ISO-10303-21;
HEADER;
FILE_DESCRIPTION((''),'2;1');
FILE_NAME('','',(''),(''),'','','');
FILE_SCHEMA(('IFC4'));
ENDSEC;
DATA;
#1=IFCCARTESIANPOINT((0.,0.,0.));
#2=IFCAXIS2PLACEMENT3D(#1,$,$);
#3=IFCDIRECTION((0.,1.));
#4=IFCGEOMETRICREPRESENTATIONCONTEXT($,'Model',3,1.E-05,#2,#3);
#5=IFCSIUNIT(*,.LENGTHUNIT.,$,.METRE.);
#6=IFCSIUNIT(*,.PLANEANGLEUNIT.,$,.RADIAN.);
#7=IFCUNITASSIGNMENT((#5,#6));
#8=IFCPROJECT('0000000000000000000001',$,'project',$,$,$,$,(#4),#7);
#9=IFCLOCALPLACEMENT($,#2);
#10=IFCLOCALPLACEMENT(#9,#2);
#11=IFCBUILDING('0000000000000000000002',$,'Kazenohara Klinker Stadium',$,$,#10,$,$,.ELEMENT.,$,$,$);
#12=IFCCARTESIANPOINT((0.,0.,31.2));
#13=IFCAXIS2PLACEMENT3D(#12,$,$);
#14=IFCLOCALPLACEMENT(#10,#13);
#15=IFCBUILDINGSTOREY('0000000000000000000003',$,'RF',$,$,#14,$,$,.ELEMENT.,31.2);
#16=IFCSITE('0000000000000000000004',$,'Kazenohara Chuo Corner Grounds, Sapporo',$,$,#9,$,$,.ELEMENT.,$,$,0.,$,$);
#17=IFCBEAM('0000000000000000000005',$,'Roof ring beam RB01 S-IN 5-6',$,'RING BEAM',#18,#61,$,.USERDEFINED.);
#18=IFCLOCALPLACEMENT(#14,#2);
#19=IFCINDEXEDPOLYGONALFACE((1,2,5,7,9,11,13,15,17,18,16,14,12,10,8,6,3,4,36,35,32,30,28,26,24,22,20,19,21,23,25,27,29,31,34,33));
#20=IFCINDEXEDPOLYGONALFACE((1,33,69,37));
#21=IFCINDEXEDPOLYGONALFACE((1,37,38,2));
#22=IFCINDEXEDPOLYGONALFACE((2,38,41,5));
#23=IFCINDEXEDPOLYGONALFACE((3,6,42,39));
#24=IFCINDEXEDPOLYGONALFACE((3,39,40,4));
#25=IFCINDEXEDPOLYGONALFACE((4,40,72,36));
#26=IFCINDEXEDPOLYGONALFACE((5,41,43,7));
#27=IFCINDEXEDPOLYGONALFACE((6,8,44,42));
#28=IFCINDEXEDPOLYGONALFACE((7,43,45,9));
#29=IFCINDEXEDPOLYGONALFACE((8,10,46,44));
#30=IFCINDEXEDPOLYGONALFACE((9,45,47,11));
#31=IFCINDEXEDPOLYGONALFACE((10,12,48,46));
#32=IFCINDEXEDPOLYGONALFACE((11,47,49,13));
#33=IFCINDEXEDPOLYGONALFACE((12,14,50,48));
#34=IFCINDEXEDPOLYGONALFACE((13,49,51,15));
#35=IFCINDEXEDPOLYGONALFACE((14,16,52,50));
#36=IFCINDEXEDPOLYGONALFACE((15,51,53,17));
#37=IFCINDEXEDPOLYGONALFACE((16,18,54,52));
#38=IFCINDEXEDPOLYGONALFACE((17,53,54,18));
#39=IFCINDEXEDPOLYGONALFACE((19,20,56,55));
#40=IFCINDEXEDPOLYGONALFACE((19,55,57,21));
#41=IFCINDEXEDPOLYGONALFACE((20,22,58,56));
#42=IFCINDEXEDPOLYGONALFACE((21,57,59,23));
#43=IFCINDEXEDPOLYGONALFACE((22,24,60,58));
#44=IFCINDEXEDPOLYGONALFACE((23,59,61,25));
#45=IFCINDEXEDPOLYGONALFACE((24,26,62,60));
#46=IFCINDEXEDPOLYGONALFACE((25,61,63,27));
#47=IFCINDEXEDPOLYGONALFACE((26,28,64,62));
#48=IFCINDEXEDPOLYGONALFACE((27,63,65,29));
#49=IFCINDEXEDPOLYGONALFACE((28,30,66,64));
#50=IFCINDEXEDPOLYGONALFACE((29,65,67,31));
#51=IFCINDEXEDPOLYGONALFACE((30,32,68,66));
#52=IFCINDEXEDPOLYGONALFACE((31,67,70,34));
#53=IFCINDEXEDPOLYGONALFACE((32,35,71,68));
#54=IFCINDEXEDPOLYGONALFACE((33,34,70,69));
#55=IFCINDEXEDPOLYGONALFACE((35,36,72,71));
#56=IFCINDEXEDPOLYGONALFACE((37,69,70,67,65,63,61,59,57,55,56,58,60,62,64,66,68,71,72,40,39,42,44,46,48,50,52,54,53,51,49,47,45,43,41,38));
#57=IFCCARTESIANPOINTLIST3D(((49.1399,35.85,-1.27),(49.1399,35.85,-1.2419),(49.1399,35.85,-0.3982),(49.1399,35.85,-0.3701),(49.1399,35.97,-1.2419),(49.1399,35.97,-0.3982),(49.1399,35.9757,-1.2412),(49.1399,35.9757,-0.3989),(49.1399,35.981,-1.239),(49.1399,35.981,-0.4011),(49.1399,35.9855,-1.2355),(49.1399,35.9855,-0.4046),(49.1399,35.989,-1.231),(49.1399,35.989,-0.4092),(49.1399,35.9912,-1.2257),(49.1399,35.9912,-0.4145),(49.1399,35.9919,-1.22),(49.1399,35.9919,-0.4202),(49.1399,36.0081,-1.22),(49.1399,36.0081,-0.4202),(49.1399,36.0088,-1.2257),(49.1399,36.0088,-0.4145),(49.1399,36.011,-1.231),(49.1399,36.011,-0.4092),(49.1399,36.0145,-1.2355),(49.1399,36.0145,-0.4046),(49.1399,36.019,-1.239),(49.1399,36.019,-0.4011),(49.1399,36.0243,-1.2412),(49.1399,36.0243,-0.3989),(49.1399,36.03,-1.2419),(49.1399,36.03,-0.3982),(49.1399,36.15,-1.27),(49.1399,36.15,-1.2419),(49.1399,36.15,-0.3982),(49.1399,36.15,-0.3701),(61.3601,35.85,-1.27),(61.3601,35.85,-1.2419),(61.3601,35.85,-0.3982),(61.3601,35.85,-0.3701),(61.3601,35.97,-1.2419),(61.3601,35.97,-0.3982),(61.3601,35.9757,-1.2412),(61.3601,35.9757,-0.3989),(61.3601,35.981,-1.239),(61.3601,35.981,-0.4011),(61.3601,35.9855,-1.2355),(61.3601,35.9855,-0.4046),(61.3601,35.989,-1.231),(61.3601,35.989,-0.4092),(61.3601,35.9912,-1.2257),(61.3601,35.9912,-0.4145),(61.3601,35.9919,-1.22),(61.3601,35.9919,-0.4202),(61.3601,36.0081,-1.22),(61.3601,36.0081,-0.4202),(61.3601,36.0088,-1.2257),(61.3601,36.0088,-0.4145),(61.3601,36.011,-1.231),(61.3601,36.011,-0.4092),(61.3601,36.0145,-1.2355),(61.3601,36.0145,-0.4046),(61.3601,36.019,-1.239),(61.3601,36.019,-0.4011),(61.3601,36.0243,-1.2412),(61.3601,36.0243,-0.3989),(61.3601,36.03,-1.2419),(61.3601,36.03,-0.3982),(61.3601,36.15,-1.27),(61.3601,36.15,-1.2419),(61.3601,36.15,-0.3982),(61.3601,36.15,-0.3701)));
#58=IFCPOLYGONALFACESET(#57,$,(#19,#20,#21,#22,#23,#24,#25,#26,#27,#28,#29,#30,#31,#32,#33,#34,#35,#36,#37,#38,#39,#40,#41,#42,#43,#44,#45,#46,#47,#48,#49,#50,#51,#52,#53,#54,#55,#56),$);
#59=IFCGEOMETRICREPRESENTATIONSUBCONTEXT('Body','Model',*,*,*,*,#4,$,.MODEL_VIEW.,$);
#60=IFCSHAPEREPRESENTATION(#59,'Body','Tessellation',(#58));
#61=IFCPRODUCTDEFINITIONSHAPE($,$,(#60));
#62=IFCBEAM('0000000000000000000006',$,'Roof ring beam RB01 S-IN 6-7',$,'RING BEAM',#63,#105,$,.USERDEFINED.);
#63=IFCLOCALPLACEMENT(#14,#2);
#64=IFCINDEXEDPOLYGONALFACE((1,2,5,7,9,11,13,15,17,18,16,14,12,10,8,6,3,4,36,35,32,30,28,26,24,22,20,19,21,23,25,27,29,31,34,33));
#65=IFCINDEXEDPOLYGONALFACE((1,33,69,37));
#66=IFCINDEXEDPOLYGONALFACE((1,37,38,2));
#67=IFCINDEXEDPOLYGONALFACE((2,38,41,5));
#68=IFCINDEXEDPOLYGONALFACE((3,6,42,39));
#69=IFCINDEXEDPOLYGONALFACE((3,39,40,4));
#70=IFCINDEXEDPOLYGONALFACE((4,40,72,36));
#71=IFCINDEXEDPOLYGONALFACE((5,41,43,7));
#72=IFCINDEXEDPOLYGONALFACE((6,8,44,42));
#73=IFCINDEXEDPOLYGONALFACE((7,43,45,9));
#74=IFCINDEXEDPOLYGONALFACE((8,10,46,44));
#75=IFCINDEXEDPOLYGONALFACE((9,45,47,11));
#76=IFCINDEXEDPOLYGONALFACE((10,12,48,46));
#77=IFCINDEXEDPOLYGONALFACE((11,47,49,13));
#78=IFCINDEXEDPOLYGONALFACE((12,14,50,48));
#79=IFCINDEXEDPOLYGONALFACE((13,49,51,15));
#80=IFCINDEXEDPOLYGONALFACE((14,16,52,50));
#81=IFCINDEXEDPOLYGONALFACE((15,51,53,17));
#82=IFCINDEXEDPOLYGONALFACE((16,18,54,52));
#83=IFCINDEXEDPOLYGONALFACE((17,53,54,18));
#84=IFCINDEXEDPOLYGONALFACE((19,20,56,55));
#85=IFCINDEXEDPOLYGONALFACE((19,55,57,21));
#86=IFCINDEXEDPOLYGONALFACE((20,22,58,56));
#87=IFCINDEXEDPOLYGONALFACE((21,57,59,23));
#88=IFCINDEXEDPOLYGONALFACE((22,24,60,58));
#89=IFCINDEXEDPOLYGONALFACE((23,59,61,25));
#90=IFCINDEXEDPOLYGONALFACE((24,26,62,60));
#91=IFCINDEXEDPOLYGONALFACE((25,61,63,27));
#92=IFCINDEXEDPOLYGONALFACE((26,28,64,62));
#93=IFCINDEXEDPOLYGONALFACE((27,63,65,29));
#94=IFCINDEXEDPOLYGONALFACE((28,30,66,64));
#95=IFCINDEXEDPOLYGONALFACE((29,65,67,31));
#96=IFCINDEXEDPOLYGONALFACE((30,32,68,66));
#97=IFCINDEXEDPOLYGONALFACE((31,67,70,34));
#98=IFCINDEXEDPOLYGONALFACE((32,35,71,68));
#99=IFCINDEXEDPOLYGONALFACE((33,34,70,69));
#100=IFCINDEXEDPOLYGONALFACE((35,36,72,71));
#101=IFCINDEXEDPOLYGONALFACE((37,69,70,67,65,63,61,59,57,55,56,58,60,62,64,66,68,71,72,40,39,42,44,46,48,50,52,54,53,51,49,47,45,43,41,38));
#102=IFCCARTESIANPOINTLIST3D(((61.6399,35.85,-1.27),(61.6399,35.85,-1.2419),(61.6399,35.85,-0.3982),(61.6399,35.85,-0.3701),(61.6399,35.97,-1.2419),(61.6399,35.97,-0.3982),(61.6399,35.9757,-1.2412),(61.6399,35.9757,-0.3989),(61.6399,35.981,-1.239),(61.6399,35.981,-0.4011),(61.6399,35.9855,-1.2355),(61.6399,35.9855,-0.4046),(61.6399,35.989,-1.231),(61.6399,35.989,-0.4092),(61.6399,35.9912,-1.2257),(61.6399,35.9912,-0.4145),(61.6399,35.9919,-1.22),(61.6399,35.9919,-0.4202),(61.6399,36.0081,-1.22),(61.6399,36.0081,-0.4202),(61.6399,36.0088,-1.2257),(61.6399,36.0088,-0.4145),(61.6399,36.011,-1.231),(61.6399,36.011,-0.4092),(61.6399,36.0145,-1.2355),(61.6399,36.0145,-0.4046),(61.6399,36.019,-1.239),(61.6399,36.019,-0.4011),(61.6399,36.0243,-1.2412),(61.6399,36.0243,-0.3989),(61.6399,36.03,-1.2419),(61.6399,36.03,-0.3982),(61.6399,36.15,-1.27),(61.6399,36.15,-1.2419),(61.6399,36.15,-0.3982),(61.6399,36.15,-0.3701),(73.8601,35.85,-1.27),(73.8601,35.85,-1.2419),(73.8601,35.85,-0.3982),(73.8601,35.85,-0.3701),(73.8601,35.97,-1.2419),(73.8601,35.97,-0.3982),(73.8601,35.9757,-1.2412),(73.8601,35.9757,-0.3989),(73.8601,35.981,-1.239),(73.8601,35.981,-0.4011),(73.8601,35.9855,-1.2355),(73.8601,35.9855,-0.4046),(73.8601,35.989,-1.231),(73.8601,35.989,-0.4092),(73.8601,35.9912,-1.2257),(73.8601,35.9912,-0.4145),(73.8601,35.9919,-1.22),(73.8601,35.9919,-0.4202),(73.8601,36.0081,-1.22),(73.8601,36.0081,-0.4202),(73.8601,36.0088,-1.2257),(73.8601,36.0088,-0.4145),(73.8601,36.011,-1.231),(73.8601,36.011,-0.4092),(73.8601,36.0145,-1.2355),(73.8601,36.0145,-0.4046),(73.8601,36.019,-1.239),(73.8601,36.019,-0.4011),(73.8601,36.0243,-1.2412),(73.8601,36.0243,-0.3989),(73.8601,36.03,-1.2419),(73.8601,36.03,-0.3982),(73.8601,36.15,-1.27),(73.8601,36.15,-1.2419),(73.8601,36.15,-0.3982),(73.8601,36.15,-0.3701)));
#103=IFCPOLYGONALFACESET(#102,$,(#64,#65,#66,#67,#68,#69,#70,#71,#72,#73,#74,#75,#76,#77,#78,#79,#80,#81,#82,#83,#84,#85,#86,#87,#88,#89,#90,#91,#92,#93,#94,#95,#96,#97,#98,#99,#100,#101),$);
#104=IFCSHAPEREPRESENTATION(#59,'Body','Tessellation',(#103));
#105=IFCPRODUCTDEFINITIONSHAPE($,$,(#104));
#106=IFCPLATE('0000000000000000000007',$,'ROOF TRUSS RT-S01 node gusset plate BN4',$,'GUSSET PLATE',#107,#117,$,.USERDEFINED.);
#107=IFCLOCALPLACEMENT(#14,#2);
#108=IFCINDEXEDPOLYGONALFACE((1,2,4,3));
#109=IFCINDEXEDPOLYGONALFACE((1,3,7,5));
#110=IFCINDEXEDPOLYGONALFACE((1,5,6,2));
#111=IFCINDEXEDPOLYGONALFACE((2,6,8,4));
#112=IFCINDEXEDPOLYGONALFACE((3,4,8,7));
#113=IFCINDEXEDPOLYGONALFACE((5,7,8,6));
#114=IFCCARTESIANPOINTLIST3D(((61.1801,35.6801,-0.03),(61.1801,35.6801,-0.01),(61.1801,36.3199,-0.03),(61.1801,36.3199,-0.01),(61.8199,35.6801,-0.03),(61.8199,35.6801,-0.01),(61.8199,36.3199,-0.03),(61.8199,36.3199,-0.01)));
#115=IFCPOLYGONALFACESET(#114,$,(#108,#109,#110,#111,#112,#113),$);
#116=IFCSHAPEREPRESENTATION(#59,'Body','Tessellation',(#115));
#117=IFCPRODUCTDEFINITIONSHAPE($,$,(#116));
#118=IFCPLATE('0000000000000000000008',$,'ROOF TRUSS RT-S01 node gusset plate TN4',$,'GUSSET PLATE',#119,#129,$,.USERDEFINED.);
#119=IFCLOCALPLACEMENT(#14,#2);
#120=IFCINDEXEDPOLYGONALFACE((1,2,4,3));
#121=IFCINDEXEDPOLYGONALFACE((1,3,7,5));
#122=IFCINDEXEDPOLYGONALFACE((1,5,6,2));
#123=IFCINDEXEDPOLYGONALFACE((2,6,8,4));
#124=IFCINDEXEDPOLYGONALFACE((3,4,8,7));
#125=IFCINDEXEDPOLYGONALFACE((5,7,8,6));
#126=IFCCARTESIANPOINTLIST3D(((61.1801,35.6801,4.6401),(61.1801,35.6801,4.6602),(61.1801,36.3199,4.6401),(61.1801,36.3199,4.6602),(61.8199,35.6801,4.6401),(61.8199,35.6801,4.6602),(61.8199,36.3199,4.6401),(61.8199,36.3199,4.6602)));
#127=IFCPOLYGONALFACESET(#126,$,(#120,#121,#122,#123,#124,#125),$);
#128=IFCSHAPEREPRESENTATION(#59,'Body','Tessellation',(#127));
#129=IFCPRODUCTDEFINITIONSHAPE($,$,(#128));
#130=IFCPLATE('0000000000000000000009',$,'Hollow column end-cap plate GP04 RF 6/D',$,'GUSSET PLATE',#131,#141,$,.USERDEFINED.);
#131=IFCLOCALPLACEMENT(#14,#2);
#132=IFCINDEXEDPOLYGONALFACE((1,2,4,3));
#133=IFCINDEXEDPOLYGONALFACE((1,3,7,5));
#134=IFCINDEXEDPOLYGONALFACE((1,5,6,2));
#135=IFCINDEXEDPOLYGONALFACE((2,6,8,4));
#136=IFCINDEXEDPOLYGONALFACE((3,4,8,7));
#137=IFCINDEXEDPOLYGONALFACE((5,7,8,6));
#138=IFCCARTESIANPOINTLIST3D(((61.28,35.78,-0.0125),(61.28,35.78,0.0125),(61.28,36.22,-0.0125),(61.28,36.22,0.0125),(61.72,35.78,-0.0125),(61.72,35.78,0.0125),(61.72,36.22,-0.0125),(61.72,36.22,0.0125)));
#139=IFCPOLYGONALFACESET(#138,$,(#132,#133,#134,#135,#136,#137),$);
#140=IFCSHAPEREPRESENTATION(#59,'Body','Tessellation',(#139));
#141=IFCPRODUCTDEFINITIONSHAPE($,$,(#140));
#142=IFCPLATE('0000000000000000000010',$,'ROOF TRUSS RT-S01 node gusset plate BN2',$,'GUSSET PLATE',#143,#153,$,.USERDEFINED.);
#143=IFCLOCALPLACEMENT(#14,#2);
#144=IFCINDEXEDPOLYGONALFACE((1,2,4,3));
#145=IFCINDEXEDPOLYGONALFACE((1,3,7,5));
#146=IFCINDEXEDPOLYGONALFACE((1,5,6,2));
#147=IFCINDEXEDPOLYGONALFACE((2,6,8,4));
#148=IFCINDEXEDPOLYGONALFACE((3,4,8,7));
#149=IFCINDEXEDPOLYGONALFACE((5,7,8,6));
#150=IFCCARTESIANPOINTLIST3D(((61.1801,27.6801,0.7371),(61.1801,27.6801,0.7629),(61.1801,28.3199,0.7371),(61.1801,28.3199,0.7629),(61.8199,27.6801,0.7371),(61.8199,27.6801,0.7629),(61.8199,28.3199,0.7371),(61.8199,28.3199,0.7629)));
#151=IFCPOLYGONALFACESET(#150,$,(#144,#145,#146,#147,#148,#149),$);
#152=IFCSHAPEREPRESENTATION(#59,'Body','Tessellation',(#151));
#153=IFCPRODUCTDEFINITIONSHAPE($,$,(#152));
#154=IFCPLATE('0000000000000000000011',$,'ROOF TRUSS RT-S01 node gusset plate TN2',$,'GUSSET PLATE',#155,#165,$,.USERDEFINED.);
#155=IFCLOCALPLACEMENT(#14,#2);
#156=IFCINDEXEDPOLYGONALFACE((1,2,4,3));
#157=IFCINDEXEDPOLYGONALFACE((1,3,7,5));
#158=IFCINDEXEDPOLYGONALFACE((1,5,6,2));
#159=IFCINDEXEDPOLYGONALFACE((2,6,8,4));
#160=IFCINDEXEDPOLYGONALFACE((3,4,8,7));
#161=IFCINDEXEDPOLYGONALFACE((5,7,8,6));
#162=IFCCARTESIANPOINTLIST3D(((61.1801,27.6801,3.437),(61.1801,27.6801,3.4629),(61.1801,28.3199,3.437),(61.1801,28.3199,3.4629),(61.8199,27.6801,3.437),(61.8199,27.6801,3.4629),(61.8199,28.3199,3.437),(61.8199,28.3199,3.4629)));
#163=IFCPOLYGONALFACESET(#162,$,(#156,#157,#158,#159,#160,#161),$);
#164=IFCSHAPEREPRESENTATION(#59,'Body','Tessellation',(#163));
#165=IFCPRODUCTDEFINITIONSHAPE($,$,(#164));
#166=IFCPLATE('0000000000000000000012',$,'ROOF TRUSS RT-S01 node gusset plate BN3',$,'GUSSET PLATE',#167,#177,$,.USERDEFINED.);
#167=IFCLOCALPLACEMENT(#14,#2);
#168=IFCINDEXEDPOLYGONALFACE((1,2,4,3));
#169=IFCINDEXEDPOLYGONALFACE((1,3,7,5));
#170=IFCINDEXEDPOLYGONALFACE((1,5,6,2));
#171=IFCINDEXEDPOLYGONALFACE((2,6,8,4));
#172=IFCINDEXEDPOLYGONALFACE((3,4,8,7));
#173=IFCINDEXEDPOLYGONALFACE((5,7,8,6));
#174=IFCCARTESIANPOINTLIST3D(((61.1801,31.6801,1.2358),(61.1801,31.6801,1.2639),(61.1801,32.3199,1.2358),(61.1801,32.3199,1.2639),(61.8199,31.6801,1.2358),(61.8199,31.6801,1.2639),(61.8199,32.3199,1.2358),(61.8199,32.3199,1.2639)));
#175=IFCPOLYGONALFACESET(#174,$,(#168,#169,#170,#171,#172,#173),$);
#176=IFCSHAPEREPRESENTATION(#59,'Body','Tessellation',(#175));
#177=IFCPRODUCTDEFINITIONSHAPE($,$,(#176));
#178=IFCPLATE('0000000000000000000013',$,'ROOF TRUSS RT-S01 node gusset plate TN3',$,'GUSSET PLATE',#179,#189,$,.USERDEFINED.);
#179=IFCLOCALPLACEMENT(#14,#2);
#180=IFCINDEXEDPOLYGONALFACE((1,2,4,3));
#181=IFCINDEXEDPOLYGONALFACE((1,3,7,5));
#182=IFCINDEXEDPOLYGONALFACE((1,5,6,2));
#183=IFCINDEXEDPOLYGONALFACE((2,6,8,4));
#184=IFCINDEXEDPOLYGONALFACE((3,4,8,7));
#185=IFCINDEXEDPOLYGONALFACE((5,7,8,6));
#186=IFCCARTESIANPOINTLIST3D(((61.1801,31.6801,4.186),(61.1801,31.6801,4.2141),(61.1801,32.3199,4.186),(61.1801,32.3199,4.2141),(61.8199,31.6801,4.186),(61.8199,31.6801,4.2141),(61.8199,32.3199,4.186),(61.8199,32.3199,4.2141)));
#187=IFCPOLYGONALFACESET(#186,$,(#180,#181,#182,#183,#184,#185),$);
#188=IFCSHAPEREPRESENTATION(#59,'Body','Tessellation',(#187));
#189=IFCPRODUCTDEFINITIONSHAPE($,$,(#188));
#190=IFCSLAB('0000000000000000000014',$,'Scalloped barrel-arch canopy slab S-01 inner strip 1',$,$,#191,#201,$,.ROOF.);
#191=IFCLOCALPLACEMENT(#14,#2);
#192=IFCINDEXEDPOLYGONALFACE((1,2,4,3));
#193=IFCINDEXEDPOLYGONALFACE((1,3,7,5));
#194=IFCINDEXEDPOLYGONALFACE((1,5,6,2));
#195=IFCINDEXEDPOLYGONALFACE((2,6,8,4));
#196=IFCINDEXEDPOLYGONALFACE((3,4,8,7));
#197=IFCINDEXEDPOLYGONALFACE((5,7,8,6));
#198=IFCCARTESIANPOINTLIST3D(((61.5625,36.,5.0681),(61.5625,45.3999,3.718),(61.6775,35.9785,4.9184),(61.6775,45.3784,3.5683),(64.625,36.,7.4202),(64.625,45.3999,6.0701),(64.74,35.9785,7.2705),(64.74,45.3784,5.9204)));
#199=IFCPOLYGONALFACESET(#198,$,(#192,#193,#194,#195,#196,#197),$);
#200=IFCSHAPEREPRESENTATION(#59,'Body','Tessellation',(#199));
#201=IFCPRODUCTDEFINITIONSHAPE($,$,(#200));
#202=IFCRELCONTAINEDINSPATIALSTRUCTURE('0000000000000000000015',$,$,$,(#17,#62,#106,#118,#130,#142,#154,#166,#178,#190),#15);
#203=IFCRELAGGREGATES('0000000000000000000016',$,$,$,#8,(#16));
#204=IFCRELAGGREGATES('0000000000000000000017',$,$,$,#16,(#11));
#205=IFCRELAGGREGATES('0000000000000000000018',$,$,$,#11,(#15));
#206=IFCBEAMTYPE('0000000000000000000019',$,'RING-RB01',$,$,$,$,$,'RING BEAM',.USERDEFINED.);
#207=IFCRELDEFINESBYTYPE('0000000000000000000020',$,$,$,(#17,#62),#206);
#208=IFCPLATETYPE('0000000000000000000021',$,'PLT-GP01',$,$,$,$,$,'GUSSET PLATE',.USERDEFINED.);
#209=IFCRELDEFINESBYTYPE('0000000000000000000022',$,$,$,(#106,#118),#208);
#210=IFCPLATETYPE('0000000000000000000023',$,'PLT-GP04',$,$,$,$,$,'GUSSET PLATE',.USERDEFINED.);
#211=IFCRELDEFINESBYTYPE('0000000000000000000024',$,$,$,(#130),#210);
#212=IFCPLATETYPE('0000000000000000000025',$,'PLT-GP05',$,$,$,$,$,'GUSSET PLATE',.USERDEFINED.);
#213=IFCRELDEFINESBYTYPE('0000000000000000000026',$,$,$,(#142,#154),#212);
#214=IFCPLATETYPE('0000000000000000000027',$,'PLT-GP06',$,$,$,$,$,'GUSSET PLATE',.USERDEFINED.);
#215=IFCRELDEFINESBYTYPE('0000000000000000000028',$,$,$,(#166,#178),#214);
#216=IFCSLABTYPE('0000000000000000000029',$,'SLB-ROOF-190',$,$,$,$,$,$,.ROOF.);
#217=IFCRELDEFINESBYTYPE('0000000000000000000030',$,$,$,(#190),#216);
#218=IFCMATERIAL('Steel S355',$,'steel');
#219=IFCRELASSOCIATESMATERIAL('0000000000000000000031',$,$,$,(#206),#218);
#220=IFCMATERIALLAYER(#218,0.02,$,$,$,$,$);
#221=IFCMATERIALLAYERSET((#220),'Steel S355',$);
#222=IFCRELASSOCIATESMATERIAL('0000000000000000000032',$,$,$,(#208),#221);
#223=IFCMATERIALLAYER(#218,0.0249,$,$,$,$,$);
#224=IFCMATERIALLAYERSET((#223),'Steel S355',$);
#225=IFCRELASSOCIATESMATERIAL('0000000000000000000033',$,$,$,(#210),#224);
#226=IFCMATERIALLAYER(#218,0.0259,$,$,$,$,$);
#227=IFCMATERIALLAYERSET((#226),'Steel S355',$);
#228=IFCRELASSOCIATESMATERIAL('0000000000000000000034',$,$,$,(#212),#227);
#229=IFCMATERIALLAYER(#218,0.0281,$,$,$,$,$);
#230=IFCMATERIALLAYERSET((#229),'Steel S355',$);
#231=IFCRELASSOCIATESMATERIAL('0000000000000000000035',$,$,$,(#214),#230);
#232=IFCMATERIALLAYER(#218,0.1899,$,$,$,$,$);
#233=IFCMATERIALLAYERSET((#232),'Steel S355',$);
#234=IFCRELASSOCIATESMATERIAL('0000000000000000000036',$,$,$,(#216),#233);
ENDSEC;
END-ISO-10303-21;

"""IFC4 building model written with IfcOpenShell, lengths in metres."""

from ifc_helpers import new_model, si_unit, direction, frame, origin, origin_2d, place, context, subcontext, project, spatial, polyline, rectangle, i_section, outline, extrude, material, layer, layer_set, material_profile, profile_set, type_object, element, save


model = new_model("IFC4")

# Units and contexts
model_context = context("Model", 3, precision=1e-05, world=origin(), true_north=direction((0.0, 1.0)))
body_context = subcontext(model_context, "Body", "Model", "MODEL_VIEW")
ifc_project = project(units=[si_unit("LENGTHUNIT", "METRE"), si_unit("PLANEANGLEUNIT", "RADIAN")], contexts=[model_context])

# Site, building, storey
site_placement = place(None, origin())
site = spatial("IfcSite", under=ifc_project, at=site_placement, Name="Kazenohara Chuo Corner Grounds, Sapporo", CompositionType="ELEMENT", RefElevation=0.0)
building_placement = place(site_placement, origin())
building = spatial("IfcBuilding", under=site, at=building_placement, Name="Kazenohara Klinker Stadium", CompositionType="ELEMENT")
storey_placement = place(building_placement, frame((0.0, 0.0, 31.2)))
storey = spatial("IfcBuildingStorey", under=building, at=storey_placement, Name="RF", CompositionType="ELEMENT", Elevation=31.2)

# Shared definitions
ifc_material_1 = material(Name="Steel S355", Category="steel")

# Beams
ifc_material_profile_1 = material_profile(ifc_material_1, i_section(OverallWidth=0.3, OverallDepth=0.8999, WebThickness=0.0161, FlangeThickness=0.0281, FilletRadius=0.022, at=origin_2d()), Name="H-900x300x16x28")
ifc_profile_set_1 = profile_set([ifc_material_profile_1], Name="Steel S355")
beam_type = type_object("IfcBeamType", Name="RING-RB01", ElementType="RING BEAM", PredefinedType="USERDEFINED", material=ifc_profile_set_1)
for number, where, z_axis, x_axis, name in (
    (1, (49.1399, 36.0, -0.8201), (1.0, 0.0, 0.0), (0.0, 1.0, 0.0), "Roof ring beam RB01 S-IN 5-6"),
    (2, (61.6399, 36.0, -0.8201), (1.0, 0.0, 0.0), (0.0, 1.0, 0.0), "Roof ring beam RB01 S-IN 6-7"),
):
    element("IfcBeam", number, at=place(storey_placement, frame(where, z_axis=z_axis, x_axis=x_axis)), inside=storey, type_object=beam_type, Name=name, ObjectType="RING BEAM", PredefinedType="USERDEFINED", context=body_context, shape_type="SweptSolid", body=[
        extrude(i_section(OverallWidth=0.3, OverallDepth=0.8999, WebThickness=0.0161, FlangeThickness=0.0281, FilletRadius=0.022, at=origin_2d()), origin(), (0.0, 0.0, 1.0), 12.2202),
    ])

# Plates
ifc_layer_1 = layer(ifc_material_1, 0.02)
ifc_layer_set_1 = layer_set([ifc_layer_1], Name="Steel S355")
plate_type_1 = type_object("IfcPlateType", Name="PLT-GP01", ElementType="GUSSET PLATE", PredefinedType="USERDEFINED", material=ifc_layer_set_1)
for number, where, z_axis, x_axis, name in (
    (3, (61.5, 36.0, -0.03), (0.0, 0.0, 1.0), (1.0, 0.0, 0.0), "ROOF TRUSS RT-S01 node gusset plate BN4"),
    (4, (61.5, 36.0, 4.6401), (0.0, 0.0, 1.0), (1.0, 0.0, 0.0), "ROOF TRUSS RT-S01 node gusset plate TN4"),
):
    element("IfcPlate", number, at=place(storey_placement, frame(where, z_axis=z_axis, x_axis=x_axis)), inside=storey, type_object=plate_type_1, Name=name, ObjectType="GUSSET PLATE", PredefinedType="USERDEFINED", context=body_context, shape_type="SweptSolid", body=[
        extrude(rectangle(XDim=0.6399, YDim=0.6399, at=origin_2d()), origin(), (0.0, 0.0, 1.0), 0.02),
    ])
ifc_layer_2 = layer(ifc_material_1, 0.0249)
ifc_layer_set_2 = layer_set([ifc_layer_2], Name="Steel S355")
plate_type_2 = type_object("IfcPlateType", Name="PLT-GP04", ElementType="GUSSET PLATE", PredefinedType="USERDEFINED", material=ifc_layer_set_2)
plate_placement = place(storey_placement, frame((61.5, 36.0, -0.0125), z_axis=(0.0, 0.0, 1.0), x_axis=(1.0, 0.0, 0.0)))
element("IfcPlate", 5, at=plate_placement, inside=storey, type_object=plate_type_2, Name="Hollow column end-cap plate GP04 RF 6/D", ObjectType="GUSSET PLATE", PredefinedType="USERDEFINED", context=body_context, shape_type="SweptSolid", body=[
    extrude(rectangle(XDim=0.4399, YDim=0.4399, at=origin_2d()), origin(), (0.0, 0.0, 1.0), 0.0249),
])
ifc_layer_3 = layer(ifc_material_1, 0.0259)
ifc_layer_set_3 = layer_set([ifc_layer_3], Name="Steel S355")
plate_type_3 = type_object("IfcPlateType", Name="PLT-GP05", ElementType="GUSSET PLATE", PredefinedType="USERDEFINED", material=ifc_layer_set_3)
for number, where, z_axis, x_axis, name in (
    (6, (61.5, 28.0, 0.7371), (0.0, 0.0, 1.0), (1.0, 0.0, 0.0), "ROOF TRUSS RT-S01 node gusset plate BN2"),
    (7, (61.5, 28.0, 3.437), (0.0, 0.0, 1.0), (1.0, 0.0, 0.0), "ROOF TRUSS RT-S01 node gusset plate TN2"),
):
    element("IfcPlate", number, at=place(storey_placement, frame(where, z_axis=z_axis, x_axis=x_axis)), inside=storey, type_object=plate_type_3, Name=name, ObjectType="GUSSET PLATE", PredefinedType="USERDEFINED", context=body_context, shape_type="SweptSolid", body=[
        extrude(rectangle(XDim=0.6399, YDim=0.6399, at=origin_2d()), origin(), (0.0, 0.0, 1.0), 0.0259),
    ])
ifc_layer_4 = layer(ifc_material_1, 0.0281)
ifc_layer_set_4 = layer_set([ifc_layer_4], Name="Steel S355")
plate_type_4 = type_object("IfcPlateType", Name="PLT-GP06", ElementType="GUSSET PLATE", PredefinedType="USERDEFINED", material=ifc_layer_set_4)
for number, where, z_axis, x_axis, name in (
    (8, (61.5, 32.0, 1.2358), (0.0, 0.0, 1.0), (1.0, 0.0, 0.0), "ROOF TRUSS RT-S01 node gusset plate BN3"),
    (9, (61.5, 32.0, 4.186), (0.0, 0.0, 1.0), (1.0, 0.0, 0.0), "ROOF TRUSS RT-S01 node gusset plate TN3"),
):
    element("IfcPlate", number, at=place(storey_placement, frame(where, z_axis=z_axis, x_axis=x_axis)), inside=storey, type_object=plate_type_4, Name=name, ObjectType="GUSSET PLATE", PredefinedType="USERDEFINED", context=body_context, shape_type="SweptSolid", body=[
        extrude(rectangle(XDim=0.6399, YDim=0.6399, at=origin_2d()), origin(), (0.0, 0.0, 1.0), 0.0281),
    ])

# Slab
ifc_layer_5 = layer(ifc_material_1, 0.1899)
ifc_layer_set_5 = layer_set([ifc_layer_5], Name="Steel S355")
slab_type = type_object("IfcSlabType", Name="SLB-ROOF-190", PredefinedType="ROOF", material=ifc_layer_set_5)
slab_1_placement = place(storey_placement, frame((61.5625, 36.0, 5.0681), z_axis=(-0.605192, 0.113179, 0.787993), x_axis=(0.0, 0.989842, -0.14217)))
element("IfcSlab", 10, at=slab_1_placement, inside=storey, type_object=slab_type, Name="Scalloped barrel-arch canopy slab S-01 inner strip 1", PredefinedType="ROOF", context=body_context, shape_type="SweptSolid", body=[
    extrude(outline(polyline([(0.0, 0.0), (9.4964, 0.0), (9.162, -3.847), (-0.3344, -3.847), (0.0, 0.0)])), origin(), (0.0, 0.0, -1.0), 0.1899),
])

save(model, "model.ifc")
